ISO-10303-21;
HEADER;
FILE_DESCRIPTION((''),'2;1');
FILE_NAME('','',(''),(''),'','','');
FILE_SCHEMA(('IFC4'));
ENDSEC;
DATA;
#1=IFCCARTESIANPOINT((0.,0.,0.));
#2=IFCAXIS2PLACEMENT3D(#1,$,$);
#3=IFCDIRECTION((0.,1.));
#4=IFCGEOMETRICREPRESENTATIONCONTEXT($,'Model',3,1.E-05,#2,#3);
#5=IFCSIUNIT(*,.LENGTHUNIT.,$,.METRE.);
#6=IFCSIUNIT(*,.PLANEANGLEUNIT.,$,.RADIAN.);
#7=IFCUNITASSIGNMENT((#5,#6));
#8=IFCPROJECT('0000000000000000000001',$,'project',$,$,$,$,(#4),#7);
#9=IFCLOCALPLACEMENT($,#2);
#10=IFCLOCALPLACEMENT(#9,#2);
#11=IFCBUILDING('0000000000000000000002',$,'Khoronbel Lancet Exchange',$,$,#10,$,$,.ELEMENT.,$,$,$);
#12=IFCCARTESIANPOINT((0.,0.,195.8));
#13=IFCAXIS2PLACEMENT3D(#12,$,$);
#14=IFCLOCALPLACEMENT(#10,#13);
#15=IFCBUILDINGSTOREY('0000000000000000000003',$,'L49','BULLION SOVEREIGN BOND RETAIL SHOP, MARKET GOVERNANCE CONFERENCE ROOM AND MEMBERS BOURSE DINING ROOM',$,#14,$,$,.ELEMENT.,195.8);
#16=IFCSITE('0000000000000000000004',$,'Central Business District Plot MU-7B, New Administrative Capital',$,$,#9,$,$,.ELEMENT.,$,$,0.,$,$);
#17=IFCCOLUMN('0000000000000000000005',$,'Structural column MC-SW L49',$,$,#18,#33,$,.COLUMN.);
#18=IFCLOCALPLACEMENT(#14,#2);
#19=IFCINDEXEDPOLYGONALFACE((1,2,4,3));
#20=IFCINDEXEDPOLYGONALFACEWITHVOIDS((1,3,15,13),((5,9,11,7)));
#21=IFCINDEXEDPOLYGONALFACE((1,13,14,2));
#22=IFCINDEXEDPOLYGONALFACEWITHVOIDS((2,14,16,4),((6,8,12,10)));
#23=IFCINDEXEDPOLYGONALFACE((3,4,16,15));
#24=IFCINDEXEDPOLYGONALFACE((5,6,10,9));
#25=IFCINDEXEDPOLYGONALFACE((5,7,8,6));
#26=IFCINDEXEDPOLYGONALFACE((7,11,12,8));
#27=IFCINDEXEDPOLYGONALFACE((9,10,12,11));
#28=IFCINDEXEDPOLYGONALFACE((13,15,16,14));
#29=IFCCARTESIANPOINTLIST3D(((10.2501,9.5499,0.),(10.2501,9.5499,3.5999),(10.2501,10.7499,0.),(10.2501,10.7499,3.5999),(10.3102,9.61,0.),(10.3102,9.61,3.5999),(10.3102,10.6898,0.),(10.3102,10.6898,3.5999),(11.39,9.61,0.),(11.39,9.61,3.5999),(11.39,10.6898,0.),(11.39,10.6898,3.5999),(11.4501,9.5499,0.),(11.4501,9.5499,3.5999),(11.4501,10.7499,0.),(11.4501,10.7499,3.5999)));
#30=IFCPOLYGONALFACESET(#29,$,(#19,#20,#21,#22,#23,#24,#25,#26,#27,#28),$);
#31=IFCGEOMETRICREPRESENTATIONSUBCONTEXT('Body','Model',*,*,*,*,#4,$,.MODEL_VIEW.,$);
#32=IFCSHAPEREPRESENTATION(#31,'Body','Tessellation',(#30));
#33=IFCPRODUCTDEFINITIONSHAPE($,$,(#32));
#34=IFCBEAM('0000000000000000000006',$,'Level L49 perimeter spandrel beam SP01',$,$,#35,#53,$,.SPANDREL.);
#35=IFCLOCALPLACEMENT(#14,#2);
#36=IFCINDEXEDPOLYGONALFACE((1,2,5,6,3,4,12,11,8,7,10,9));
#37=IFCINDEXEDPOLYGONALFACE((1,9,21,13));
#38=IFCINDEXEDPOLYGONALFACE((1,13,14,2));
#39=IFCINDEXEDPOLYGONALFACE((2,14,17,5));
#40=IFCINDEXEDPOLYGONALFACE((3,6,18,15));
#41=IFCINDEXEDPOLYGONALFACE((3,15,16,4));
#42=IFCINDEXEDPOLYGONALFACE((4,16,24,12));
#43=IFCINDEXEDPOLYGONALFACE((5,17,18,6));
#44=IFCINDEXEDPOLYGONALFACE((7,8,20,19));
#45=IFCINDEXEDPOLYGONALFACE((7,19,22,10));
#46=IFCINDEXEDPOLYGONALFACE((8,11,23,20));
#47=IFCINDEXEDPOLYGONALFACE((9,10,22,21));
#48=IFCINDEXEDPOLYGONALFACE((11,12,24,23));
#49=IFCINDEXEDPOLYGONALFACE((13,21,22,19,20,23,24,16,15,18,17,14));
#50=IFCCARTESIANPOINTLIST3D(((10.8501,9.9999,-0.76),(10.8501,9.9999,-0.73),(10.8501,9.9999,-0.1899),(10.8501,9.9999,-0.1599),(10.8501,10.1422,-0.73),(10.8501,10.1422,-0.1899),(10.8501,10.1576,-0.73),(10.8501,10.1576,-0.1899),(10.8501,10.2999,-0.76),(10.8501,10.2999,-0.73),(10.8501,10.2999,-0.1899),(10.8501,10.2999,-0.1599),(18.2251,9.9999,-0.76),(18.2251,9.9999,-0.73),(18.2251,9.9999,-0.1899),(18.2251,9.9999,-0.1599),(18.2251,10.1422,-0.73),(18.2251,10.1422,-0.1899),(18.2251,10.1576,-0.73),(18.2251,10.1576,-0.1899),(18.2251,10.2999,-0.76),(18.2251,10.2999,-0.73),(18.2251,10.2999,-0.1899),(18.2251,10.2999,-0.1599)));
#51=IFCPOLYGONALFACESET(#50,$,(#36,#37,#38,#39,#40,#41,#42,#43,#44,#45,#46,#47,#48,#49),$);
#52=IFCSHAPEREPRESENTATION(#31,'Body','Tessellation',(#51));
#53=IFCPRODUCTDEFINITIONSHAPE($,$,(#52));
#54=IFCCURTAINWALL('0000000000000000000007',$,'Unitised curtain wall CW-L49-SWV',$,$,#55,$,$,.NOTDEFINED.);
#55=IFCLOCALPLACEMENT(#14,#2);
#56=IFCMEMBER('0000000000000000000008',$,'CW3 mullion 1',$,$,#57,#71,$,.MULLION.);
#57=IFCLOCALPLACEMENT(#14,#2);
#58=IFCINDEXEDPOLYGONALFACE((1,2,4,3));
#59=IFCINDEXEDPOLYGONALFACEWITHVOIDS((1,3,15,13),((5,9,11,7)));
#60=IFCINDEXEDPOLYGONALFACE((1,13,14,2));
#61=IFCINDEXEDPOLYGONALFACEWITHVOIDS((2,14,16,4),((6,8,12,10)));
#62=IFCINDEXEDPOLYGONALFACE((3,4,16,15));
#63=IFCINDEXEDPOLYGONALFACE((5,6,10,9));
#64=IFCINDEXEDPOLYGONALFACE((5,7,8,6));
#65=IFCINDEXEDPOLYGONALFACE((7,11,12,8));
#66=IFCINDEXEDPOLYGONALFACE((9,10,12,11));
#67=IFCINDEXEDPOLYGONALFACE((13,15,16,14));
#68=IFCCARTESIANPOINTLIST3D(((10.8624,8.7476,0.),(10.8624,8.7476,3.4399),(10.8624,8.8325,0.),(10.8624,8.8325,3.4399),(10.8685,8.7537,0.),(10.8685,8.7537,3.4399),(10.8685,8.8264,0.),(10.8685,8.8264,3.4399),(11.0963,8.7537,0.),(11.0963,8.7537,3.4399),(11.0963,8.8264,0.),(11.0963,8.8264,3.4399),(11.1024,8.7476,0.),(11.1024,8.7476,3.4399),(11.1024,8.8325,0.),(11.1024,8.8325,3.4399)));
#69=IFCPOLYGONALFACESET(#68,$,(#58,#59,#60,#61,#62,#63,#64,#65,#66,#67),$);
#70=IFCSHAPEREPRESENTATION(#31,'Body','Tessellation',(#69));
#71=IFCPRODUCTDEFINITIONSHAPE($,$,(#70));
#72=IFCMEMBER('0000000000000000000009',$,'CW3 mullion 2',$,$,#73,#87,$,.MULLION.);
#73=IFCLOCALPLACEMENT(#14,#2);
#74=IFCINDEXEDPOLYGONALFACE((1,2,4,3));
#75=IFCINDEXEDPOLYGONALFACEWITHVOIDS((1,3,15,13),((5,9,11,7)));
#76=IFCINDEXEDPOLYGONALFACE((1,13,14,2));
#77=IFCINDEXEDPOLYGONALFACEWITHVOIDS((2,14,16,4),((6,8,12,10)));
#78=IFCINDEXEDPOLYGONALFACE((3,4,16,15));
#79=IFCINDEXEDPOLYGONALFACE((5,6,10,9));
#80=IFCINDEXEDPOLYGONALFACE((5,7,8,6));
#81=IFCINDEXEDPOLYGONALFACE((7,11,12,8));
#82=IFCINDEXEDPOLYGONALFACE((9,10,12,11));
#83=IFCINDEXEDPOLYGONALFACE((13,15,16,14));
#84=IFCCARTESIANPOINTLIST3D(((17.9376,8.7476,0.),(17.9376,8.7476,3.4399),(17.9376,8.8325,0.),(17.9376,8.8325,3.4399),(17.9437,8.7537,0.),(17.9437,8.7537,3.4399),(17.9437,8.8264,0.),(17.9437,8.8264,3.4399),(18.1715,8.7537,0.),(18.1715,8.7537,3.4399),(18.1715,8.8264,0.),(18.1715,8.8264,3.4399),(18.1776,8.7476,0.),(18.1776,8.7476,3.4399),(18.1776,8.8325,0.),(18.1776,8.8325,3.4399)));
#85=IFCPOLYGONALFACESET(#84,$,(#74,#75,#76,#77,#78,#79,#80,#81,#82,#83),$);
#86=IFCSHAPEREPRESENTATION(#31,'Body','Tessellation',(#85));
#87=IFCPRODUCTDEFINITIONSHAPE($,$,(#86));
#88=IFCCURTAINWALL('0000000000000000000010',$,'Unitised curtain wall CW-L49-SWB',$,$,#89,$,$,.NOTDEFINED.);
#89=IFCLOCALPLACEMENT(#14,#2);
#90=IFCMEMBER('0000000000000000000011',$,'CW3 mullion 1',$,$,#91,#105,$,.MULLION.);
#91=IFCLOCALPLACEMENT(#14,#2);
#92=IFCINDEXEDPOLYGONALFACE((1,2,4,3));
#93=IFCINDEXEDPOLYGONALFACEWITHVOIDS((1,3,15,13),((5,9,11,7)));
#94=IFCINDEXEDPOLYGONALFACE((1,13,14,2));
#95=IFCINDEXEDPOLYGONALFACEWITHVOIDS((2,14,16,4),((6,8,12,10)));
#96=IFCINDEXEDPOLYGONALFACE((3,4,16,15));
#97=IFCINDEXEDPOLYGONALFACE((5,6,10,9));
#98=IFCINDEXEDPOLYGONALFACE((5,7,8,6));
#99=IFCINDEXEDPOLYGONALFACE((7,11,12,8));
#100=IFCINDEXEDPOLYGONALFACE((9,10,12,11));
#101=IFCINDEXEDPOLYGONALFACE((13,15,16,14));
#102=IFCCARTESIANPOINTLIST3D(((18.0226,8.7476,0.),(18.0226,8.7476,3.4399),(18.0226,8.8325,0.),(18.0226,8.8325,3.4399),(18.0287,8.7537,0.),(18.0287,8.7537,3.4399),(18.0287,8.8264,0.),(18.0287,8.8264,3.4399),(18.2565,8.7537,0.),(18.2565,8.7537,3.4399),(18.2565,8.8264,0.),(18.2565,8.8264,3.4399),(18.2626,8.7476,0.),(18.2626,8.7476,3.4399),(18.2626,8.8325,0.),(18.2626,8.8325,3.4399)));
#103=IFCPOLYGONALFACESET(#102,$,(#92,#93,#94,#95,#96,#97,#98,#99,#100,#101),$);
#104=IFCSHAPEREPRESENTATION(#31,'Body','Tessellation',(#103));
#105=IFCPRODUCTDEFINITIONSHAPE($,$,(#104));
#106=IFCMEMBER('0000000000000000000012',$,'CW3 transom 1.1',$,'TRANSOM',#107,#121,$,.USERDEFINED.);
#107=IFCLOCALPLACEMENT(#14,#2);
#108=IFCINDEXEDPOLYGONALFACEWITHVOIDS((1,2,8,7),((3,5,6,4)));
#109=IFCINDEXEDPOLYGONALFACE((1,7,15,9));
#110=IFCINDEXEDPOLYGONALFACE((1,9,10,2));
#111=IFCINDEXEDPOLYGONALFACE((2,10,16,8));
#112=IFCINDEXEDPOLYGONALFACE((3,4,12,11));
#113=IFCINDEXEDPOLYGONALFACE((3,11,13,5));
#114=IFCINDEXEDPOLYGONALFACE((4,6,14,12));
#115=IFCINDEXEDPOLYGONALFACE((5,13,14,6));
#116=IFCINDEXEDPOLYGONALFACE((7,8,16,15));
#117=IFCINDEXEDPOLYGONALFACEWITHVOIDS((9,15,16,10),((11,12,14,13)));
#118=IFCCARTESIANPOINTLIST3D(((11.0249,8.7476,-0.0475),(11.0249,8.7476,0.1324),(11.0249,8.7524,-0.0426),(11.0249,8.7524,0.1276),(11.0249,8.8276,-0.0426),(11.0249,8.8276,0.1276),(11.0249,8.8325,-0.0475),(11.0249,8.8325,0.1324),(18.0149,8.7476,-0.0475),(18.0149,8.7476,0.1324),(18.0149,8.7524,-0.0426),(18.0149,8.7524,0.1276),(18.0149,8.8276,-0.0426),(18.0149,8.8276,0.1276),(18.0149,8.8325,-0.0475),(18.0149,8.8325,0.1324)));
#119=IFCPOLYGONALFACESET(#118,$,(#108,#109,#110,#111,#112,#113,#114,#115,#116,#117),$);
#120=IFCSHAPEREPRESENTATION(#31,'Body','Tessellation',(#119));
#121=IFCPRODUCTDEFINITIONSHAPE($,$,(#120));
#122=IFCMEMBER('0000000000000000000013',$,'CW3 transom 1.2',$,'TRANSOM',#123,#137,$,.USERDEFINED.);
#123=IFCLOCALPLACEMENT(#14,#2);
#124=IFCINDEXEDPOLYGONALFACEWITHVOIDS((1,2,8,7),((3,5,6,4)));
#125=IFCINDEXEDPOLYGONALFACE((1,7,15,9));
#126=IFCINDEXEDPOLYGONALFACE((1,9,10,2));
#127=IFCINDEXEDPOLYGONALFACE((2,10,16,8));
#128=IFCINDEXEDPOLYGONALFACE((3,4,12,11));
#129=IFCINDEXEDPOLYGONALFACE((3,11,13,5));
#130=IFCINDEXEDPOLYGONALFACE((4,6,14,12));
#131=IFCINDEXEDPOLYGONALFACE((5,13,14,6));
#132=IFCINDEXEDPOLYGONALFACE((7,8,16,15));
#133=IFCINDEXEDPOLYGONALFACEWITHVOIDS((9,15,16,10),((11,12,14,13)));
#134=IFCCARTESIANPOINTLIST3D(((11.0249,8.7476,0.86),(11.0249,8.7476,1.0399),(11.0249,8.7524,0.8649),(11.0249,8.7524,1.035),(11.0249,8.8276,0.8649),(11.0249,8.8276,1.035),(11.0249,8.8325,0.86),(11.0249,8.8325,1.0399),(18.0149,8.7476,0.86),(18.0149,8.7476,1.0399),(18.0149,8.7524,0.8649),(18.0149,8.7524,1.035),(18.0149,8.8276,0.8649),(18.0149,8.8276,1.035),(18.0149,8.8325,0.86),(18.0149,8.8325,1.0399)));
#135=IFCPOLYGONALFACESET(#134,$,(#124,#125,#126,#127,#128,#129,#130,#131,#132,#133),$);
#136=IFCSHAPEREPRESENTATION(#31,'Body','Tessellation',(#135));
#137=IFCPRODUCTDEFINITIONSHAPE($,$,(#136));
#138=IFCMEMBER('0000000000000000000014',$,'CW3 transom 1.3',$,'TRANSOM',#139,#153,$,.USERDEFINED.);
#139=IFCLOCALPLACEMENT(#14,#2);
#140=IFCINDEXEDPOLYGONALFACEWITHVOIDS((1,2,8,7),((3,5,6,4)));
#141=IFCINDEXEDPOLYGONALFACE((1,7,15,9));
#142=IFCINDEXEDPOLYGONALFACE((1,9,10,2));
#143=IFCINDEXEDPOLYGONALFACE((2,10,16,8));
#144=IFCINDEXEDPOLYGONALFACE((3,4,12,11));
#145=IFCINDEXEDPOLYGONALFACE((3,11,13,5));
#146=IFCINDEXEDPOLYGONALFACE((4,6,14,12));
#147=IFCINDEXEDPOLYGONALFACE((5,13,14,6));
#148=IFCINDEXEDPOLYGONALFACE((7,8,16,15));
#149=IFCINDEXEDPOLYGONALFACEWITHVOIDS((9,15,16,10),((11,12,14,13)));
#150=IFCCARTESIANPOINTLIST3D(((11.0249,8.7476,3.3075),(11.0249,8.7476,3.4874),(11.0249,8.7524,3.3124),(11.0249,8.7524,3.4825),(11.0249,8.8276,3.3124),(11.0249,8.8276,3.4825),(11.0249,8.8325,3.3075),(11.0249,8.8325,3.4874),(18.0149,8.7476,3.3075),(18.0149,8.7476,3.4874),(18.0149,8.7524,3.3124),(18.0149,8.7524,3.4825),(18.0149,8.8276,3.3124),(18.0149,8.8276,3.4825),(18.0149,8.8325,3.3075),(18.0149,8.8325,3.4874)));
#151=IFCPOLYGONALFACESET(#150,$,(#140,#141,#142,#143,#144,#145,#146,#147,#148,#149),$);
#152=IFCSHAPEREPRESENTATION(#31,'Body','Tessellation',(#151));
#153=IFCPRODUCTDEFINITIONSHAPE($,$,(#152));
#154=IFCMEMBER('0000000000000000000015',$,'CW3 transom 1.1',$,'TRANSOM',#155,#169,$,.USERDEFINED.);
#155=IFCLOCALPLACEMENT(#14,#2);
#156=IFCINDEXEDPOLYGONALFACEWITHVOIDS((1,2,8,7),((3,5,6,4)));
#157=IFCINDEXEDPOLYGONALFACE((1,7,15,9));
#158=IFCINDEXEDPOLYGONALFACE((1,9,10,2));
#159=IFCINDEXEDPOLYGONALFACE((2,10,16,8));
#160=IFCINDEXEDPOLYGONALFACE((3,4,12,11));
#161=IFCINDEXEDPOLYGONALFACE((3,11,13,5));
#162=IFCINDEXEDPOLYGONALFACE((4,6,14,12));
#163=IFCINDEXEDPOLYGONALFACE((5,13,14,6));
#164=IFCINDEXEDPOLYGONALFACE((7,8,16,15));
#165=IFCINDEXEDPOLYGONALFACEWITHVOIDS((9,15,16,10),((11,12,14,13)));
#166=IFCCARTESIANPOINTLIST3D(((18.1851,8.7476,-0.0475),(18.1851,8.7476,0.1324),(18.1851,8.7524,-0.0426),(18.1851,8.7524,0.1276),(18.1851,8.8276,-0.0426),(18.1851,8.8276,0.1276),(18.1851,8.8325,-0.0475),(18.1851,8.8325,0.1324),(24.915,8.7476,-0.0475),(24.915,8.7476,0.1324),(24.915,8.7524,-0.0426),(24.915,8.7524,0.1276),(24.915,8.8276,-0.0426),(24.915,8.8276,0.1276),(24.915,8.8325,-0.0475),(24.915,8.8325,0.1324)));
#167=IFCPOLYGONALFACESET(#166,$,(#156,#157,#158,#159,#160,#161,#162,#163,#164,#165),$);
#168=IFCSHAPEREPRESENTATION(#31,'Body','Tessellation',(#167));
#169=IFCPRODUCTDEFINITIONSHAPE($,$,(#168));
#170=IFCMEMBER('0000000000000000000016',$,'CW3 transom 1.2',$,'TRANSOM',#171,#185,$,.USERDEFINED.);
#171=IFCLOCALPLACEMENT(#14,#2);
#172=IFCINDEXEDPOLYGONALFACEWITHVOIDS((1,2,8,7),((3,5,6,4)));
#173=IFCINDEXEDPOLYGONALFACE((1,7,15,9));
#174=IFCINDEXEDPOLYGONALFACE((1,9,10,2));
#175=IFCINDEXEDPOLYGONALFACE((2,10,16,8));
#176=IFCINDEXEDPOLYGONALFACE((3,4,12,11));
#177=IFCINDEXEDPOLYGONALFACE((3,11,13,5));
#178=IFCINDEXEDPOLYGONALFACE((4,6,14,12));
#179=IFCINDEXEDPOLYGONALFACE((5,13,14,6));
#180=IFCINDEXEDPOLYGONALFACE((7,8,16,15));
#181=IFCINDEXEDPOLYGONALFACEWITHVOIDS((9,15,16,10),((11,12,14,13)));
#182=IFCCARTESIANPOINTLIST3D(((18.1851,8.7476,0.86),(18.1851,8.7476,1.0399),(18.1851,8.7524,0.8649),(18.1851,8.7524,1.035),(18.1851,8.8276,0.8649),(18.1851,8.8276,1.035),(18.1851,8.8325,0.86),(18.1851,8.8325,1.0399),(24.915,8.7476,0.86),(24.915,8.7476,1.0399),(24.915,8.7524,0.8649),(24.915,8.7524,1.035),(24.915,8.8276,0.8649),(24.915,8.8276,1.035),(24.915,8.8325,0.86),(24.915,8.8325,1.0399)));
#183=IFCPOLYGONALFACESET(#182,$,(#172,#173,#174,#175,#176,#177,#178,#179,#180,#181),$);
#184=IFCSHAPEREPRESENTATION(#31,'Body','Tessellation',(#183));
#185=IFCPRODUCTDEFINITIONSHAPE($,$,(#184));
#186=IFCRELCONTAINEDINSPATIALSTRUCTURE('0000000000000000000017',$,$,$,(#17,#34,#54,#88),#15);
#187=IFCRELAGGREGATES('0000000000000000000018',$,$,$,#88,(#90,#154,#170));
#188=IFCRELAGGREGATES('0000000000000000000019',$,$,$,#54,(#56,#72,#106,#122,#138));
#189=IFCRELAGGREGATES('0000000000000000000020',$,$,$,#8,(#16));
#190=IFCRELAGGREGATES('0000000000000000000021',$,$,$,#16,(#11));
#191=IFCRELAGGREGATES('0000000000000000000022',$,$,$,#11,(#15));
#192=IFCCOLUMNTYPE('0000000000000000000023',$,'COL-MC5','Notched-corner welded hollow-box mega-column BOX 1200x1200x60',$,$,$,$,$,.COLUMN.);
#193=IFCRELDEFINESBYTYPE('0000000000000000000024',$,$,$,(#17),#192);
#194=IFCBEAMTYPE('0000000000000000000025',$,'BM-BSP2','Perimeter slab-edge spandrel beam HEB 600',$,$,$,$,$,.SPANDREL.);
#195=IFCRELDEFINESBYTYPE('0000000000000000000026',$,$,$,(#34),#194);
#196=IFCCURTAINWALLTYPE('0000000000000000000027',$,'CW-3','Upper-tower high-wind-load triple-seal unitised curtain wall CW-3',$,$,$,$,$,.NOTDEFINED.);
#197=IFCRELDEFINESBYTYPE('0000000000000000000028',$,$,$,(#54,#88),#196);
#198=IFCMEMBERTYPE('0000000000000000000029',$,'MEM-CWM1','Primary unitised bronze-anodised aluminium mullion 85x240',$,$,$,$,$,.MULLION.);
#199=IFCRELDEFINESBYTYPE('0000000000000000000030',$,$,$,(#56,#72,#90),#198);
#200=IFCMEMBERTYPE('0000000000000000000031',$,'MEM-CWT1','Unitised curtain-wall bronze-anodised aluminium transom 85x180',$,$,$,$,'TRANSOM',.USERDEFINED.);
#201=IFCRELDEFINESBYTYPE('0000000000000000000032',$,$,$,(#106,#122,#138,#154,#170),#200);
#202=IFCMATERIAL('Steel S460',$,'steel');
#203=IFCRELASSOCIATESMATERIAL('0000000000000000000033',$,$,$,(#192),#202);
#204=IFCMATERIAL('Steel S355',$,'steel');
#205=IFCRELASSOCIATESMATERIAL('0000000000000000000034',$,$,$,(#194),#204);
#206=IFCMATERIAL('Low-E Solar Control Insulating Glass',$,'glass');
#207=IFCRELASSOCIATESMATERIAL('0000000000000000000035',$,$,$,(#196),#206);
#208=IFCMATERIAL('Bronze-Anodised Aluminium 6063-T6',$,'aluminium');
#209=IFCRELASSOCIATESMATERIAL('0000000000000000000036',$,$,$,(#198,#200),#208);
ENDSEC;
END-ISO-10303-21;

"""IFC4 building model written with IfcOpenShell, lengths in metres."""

from ifc_helpers import new_model, si_unit, direction, frame, origin, origin_2d, place, context, subcontext, project, spatial, hollow_rectangle, i_section, extrude, material, material_profile, profile_set, type_object, element, aggregate, save


model = new_model("IFC4")

# Units and contexts
model_context = context("Model", 3, precision=1e-05, world=origin(), true_north=direction((0.0, 1.0)))
body_context = subcontext(model_context, "Body", "Model", "MODEL_VIEW")
ifc_project = project(units=[si_unit("LENGTHUNIT", "METRE"), si_unit("PLANEANGLEUNIT", "RADIAN")], contexts=[model_context])

# Site, building, storey
site_placement = place(None, origin())
site = spatial("IfcSite", under=ifc_project, at=site_placement, Name="Central Business District Plot MU-7B, New Administrative Capital", CompositionType="ELEMENT", RefElevation=0.0)
building_placement = place(site_placement, origin())
building = spatial("IfcBuilding", under=site, at=building_placement, Name="Khoronbel Lancet Exchange", CompositionType="ELEMENT")
storey_placement = place(building_placement, frame((0.0, 0.0, 195.8)))
storey = spatial("IfcBuildingStorey", under=building, at=storey_placement, Name="L49", Description="BULLION SOVEREIGN BOND RETAIL SHOP, MARKET GOVERNANCE CONFERENCE ROOM AND MEMBERS BOURSE DINING ROOM", CompositionType="ELEMENT", Elevation=195.8)

# Column
ifc_material_1 = material(Name="Steel S460", Category="steel")
ifc_material_profile_1 = material_profile(ifc_material_1, hollow_rectangle(XDim=1.2, YDim=1.2, WallThickness=0.0601, at=origin_2d()), Name="BOX 1200x1200x60")
ifc_profile_set_1 = profile_set([ifc_material_profile_1], Name="Steel S460")
column_type = type_object("IfcColumnType", Name="COL-MC5", Description="Notched-corner welded hollow-box mega-column BOX 1200x1200x60", PredefinedType="COLUMN", material=ifc_profile_set_1)
column_placement = place(storey_placement, frame((10.8501, 10.1499, 0.0), z_axis=(0.0, 0.0, 1.0), x_axis=(1.0, 0.0, 0.0)))
element("IfcColumn", 1, at=column_placement, inside=storey, type_object=column_type, Name="Structural column MC-SW L49", PredefinedType="COLUMN", context=body_context, shape_type="SweptSolid", body=[
    extrude(hollow_rectangle(XDim=1.2, YDim=1.2, WallThickness=0.0601, at=origin_2d()), origin(), (0.0, 0.0, 1.0), 3.5999),
])

# Beam
ifc_material_2 = material(Name="Steel S355", Category="steel")
ifc_material_profile_2 = material_profile(ifc_material_2, i_section(OverallWidth=0.3, OverallDepth=0.6001, WebThickness=0.0154, FlangeThickness=0.03, at=origin_2d()), Name="HEB 600")
ifc_profile_set_2 = profile_set([ifc_material_profile_2], Name="Steel S355")
beam_type = type_object("IfcBeamType", Name="BM-BSP2", Description="Perimeter slab-edge spandrel beam HEB 600", PredefinedType="SPANDREL", material=ifc_profile_set_2)
beam_placement = place(storey_placement, frame((10.8501, 10.1499, -0.46), z_axis=(1.0, 0.0, 0.0), x_axis=(0.0, 1.0, 0.0)))
element("IfcBeam", 2, at=beam_placement, inside=storey, type_object=beam_type, Name="Level L49 perimeter spandrel beam SP01", PredefinedType="SPANDREL", context=body_context, shape_type="SweptSolid", body=[
    extrude(i_section(OverallWidth=0.3, OverallDepth=0.6001, WebThickness=0.0154, FlangeThickness=0.03, at=origin_2d()), origin(), (0.0, 0.0, 1.0), 7.375),
])

# Curtain wall, members
ifc_material_3 = material(Name="Low-E Solar Control Insulating Glass", Category="glass")
curtain_wall_type = type_object("IfcCurtainWallType", Name="CW-3", Description="Upper-tower high-wind-load triple-seal unitised curtain wall CW-3", PredefinedType="NOTDEFINED", material=ifc_material_3)
curtain_wall_1_placement = place(storey_placement, origin())
curtain_wall_1 = element("IfcCurtainWall", 3, at=curtain_wall_1_placement, inside=storey, type_object=curtain_wall_type, Name="Unitised curtain wall CW-L49-SWV", PredefinedType="NOTDEFINED")
ifc_material_4 = material(Name="Bronze-Anodised Aluminium 6063-T6", Category="aluminium")
ifc_material_profile_3 = material_profile(ifc_material_4, hollow_rectangle(XDim=0.085, YDim=0.24, WallThickness=0.0061, at=origin_2d()), Name="ALU MULLION 85x240")
ifc_profile_set_3 = profile_set([ifc_material_profile_3], Name="Bronze-Anodised Aluminium 6063-T6")
member_type_1 = type_object("IfcMemberType", Name="MEM-CWM1", Description="Primary unitised bronze-anodised aluminium mullion 85x240", PredefinedType="MULLION", material=ifc_profile_set_3)
member_1_placement = place(storey_placement, frame((10.9824, 8.79, 0.0), z_axis=(0.0, 0.0, 1.0), x_axis=(0.0, 1.0, 0.0)))
member_1 = element("IfcMember", 4, at=member_1_placement, type_object=member_type_1, Name="CW3 mullion 1", PredefinedType="MULLION", context=body_context, shape_type="SweptSolid", body=[
    extrude(hollow_rectangle(XDim=0.085, YDim=0.24, WallThickness=0.0061, at=origin_2d()), origin(), (0.0, 0.0, 1.0), 3.4399),
])
member_2_placement = place(storey_placement, frame((18.0576, 8.79, 0.0), z_axis=(0.0, 0.0, 1.0), x_axis=(0.0, 1.0, 0.0)))
member_2 = element("IfcMember", 5, at=member_2_placement, type_object=member_type_1, Name="CW3 mullion 2", PredefinedType="MULLION", context=body_context, shape_type="SweptSolid", body=[
    extrude(hollow_rectangle(XDim=0.085, YDim=0.24, WallThickness=0.0061, at=origin_2d()), origin(), (0.0, 0.0, 1.0), 3.4399),
])

# Curtain wall, member
curtain_wall_2_placement = place(storey_placement, origin())
curtain_wall_2 = element("IfcCurtainWall", 6, at=curtain_wall_2_placement, inside=storey, type_object=curtain_wall_type, Name="Unitised curtain wall CW-L49-SWB", PredefinedType="NOTDEFINED")
member_3_placement = place(storey_placement, frame((18.1426, 8.79, 0.0), z_axis=(0.0, 0.0, 1.0), x_axis=(0.0, 1.0, 0.0)))
member_3 = element("IfcMember", 7, at=member_3_placement, type_object=member_type_1, Name="CW3 mullion 1", PredefinedType="MULLION", context=body_context, shape_type="SweptSolid", body=[
    extrude(hollow_rectangle(XDim=0.085, YDim=0.24, WallThickness=0.0061, at=origin_2d()), origin(), (0.0, 0.0, 1.0), 3.4399),
])

# Members
ifc_material_profile_4 = material_profile(ifc_material_4, hollow_rectangle(XDim=0.085, YDim=0.1799, WallThickness=0.0049, at=origin_2d()), Name="ALU TRANSOM 85x180")
ifc_profile_set_4 = profile_set([ifc_material_profile_4], Name="Bronze-Anodised Aluminium 6063-T6")
member_type_2 = type_object("IfcMemberType", Name="MEM-CWT1", Description="Unitised curtain-wall bronze-anodised aluminium transom 85x180", ElementType="TRANSOM", PredefinedType="USERDEFINED", material=ifc_profile_set_4)
member_4_placement = place(storey_placement, frame((11.0249, 8.79, 0.0425), z_axis=(1.0, 0.0, 0.0), x_axis=(0.0, 1.0, 0.0)))
member_4 = element("IfcMember", 8, at=member_4_placement, type_object=member_type_2, Name="CW3 transom 1.1", ObjectType="TRANSOM", PredefinedType="USERDEFINED", context=body_context, shape_type="SweptSolid", body=[
    extrude(hollow_rectangle(XDim=0.085, YDim=0.1799, WallThickness=0.0049, at=origin_2d()), origin(), (0.0, 0.0, 1.0), 6.99),
])
member_5_placement = place(storey_placement, frame((11.0249, 8.79, 0.95), z_axis=(1.0, 0.0, 0.0), x_axis=(0.0, 1.0, 0.0)))
member_5 = element("IfcMember", 9, at=member_5_placement, type_object=member_type_2, Name="CW3 transom 1.2", ObjectType="TRANSOM", PredefinedType="USERDEFINED", context=body_context, shape_type="SweptSolid", body=[
    extrude(hollow_rectangle(XDim=0.085, YDim=0.1799, WallThickness=0.0049, at=origin_2d()), origin(), (0.0, 0.0, 1.0), 6.99),
])
member_6_placement = place(storey_placement, frame((11.0249, 8.79, 3.3975), z_axis=(1.0, 0.0, 0.0), x_axis=(0.0, 1.0, 0.0)))
member_6 = element("IfcMember", 10, at=member_6_placement, type_object=member_type_2, Name="CW3 transom 1.3", ObjectType="TRANSOM", PredefinedType="USERDEFINED", context=body_context, shape_type="SweptSolid", body=[
    extrude(hollow_rectangle(XDim=0.085, YDim=0.1799, WallThickness=0.0049, at=origin_2d()), origin(), (0.0, 0.0, 1.0), 6.99),
])
member_7_placement = place(storey_placement, frame((18.1851, 8.79, 0.0425), z_axis=(1.0, 0.0, 0.0), x_axis=(0.0, 1.0, 0.0)))
member_7 = element("IfcMember", 11, at=member_7_placement, type_object=member_type_2, Name="CW3 transom 1.1", ObjectType="TRANSOM", PredefinedType="USERDEFINED", context=body_context, shape_type="SweptSolid", body=[
    extrude(hollow_rectangle(XDim=0.085, YDim=0.1799, WallThickness=0.0049, at=origin_2d()), origin(), (0.0, 0.0, 1.0), 6.73),
])
member_8_placement = place(storey_placement, frame((18.1851, 8.79, 0.95), z_axis=(1.0, 0.0, 0.0), x_axis=(0.0, 1.0, 0.0)))
member_8 = element("IfcMember", 12, at=member_8_placement, type_object=member_type_2, Name="CW3 transom 1.2", ObjectType="TRANSOM", PredefinedType="USERDEFINED", context=body_context, shape_type="SweptSolid", body=[
    extrude(hollow_rectangle(XDim=0.085, YDim=0.1799, WallThickness=0.0049, at=origin_2d()), origin(), (0.0, 0.0, 1.0), 6.73),
])
aggregate(curtain_wall_2, [member_3, member_7, member_8])

aggregate(curtain_wall_1, [member_1, member_2, member_4, member_5, member_6])

save(model, "model.ifc")
